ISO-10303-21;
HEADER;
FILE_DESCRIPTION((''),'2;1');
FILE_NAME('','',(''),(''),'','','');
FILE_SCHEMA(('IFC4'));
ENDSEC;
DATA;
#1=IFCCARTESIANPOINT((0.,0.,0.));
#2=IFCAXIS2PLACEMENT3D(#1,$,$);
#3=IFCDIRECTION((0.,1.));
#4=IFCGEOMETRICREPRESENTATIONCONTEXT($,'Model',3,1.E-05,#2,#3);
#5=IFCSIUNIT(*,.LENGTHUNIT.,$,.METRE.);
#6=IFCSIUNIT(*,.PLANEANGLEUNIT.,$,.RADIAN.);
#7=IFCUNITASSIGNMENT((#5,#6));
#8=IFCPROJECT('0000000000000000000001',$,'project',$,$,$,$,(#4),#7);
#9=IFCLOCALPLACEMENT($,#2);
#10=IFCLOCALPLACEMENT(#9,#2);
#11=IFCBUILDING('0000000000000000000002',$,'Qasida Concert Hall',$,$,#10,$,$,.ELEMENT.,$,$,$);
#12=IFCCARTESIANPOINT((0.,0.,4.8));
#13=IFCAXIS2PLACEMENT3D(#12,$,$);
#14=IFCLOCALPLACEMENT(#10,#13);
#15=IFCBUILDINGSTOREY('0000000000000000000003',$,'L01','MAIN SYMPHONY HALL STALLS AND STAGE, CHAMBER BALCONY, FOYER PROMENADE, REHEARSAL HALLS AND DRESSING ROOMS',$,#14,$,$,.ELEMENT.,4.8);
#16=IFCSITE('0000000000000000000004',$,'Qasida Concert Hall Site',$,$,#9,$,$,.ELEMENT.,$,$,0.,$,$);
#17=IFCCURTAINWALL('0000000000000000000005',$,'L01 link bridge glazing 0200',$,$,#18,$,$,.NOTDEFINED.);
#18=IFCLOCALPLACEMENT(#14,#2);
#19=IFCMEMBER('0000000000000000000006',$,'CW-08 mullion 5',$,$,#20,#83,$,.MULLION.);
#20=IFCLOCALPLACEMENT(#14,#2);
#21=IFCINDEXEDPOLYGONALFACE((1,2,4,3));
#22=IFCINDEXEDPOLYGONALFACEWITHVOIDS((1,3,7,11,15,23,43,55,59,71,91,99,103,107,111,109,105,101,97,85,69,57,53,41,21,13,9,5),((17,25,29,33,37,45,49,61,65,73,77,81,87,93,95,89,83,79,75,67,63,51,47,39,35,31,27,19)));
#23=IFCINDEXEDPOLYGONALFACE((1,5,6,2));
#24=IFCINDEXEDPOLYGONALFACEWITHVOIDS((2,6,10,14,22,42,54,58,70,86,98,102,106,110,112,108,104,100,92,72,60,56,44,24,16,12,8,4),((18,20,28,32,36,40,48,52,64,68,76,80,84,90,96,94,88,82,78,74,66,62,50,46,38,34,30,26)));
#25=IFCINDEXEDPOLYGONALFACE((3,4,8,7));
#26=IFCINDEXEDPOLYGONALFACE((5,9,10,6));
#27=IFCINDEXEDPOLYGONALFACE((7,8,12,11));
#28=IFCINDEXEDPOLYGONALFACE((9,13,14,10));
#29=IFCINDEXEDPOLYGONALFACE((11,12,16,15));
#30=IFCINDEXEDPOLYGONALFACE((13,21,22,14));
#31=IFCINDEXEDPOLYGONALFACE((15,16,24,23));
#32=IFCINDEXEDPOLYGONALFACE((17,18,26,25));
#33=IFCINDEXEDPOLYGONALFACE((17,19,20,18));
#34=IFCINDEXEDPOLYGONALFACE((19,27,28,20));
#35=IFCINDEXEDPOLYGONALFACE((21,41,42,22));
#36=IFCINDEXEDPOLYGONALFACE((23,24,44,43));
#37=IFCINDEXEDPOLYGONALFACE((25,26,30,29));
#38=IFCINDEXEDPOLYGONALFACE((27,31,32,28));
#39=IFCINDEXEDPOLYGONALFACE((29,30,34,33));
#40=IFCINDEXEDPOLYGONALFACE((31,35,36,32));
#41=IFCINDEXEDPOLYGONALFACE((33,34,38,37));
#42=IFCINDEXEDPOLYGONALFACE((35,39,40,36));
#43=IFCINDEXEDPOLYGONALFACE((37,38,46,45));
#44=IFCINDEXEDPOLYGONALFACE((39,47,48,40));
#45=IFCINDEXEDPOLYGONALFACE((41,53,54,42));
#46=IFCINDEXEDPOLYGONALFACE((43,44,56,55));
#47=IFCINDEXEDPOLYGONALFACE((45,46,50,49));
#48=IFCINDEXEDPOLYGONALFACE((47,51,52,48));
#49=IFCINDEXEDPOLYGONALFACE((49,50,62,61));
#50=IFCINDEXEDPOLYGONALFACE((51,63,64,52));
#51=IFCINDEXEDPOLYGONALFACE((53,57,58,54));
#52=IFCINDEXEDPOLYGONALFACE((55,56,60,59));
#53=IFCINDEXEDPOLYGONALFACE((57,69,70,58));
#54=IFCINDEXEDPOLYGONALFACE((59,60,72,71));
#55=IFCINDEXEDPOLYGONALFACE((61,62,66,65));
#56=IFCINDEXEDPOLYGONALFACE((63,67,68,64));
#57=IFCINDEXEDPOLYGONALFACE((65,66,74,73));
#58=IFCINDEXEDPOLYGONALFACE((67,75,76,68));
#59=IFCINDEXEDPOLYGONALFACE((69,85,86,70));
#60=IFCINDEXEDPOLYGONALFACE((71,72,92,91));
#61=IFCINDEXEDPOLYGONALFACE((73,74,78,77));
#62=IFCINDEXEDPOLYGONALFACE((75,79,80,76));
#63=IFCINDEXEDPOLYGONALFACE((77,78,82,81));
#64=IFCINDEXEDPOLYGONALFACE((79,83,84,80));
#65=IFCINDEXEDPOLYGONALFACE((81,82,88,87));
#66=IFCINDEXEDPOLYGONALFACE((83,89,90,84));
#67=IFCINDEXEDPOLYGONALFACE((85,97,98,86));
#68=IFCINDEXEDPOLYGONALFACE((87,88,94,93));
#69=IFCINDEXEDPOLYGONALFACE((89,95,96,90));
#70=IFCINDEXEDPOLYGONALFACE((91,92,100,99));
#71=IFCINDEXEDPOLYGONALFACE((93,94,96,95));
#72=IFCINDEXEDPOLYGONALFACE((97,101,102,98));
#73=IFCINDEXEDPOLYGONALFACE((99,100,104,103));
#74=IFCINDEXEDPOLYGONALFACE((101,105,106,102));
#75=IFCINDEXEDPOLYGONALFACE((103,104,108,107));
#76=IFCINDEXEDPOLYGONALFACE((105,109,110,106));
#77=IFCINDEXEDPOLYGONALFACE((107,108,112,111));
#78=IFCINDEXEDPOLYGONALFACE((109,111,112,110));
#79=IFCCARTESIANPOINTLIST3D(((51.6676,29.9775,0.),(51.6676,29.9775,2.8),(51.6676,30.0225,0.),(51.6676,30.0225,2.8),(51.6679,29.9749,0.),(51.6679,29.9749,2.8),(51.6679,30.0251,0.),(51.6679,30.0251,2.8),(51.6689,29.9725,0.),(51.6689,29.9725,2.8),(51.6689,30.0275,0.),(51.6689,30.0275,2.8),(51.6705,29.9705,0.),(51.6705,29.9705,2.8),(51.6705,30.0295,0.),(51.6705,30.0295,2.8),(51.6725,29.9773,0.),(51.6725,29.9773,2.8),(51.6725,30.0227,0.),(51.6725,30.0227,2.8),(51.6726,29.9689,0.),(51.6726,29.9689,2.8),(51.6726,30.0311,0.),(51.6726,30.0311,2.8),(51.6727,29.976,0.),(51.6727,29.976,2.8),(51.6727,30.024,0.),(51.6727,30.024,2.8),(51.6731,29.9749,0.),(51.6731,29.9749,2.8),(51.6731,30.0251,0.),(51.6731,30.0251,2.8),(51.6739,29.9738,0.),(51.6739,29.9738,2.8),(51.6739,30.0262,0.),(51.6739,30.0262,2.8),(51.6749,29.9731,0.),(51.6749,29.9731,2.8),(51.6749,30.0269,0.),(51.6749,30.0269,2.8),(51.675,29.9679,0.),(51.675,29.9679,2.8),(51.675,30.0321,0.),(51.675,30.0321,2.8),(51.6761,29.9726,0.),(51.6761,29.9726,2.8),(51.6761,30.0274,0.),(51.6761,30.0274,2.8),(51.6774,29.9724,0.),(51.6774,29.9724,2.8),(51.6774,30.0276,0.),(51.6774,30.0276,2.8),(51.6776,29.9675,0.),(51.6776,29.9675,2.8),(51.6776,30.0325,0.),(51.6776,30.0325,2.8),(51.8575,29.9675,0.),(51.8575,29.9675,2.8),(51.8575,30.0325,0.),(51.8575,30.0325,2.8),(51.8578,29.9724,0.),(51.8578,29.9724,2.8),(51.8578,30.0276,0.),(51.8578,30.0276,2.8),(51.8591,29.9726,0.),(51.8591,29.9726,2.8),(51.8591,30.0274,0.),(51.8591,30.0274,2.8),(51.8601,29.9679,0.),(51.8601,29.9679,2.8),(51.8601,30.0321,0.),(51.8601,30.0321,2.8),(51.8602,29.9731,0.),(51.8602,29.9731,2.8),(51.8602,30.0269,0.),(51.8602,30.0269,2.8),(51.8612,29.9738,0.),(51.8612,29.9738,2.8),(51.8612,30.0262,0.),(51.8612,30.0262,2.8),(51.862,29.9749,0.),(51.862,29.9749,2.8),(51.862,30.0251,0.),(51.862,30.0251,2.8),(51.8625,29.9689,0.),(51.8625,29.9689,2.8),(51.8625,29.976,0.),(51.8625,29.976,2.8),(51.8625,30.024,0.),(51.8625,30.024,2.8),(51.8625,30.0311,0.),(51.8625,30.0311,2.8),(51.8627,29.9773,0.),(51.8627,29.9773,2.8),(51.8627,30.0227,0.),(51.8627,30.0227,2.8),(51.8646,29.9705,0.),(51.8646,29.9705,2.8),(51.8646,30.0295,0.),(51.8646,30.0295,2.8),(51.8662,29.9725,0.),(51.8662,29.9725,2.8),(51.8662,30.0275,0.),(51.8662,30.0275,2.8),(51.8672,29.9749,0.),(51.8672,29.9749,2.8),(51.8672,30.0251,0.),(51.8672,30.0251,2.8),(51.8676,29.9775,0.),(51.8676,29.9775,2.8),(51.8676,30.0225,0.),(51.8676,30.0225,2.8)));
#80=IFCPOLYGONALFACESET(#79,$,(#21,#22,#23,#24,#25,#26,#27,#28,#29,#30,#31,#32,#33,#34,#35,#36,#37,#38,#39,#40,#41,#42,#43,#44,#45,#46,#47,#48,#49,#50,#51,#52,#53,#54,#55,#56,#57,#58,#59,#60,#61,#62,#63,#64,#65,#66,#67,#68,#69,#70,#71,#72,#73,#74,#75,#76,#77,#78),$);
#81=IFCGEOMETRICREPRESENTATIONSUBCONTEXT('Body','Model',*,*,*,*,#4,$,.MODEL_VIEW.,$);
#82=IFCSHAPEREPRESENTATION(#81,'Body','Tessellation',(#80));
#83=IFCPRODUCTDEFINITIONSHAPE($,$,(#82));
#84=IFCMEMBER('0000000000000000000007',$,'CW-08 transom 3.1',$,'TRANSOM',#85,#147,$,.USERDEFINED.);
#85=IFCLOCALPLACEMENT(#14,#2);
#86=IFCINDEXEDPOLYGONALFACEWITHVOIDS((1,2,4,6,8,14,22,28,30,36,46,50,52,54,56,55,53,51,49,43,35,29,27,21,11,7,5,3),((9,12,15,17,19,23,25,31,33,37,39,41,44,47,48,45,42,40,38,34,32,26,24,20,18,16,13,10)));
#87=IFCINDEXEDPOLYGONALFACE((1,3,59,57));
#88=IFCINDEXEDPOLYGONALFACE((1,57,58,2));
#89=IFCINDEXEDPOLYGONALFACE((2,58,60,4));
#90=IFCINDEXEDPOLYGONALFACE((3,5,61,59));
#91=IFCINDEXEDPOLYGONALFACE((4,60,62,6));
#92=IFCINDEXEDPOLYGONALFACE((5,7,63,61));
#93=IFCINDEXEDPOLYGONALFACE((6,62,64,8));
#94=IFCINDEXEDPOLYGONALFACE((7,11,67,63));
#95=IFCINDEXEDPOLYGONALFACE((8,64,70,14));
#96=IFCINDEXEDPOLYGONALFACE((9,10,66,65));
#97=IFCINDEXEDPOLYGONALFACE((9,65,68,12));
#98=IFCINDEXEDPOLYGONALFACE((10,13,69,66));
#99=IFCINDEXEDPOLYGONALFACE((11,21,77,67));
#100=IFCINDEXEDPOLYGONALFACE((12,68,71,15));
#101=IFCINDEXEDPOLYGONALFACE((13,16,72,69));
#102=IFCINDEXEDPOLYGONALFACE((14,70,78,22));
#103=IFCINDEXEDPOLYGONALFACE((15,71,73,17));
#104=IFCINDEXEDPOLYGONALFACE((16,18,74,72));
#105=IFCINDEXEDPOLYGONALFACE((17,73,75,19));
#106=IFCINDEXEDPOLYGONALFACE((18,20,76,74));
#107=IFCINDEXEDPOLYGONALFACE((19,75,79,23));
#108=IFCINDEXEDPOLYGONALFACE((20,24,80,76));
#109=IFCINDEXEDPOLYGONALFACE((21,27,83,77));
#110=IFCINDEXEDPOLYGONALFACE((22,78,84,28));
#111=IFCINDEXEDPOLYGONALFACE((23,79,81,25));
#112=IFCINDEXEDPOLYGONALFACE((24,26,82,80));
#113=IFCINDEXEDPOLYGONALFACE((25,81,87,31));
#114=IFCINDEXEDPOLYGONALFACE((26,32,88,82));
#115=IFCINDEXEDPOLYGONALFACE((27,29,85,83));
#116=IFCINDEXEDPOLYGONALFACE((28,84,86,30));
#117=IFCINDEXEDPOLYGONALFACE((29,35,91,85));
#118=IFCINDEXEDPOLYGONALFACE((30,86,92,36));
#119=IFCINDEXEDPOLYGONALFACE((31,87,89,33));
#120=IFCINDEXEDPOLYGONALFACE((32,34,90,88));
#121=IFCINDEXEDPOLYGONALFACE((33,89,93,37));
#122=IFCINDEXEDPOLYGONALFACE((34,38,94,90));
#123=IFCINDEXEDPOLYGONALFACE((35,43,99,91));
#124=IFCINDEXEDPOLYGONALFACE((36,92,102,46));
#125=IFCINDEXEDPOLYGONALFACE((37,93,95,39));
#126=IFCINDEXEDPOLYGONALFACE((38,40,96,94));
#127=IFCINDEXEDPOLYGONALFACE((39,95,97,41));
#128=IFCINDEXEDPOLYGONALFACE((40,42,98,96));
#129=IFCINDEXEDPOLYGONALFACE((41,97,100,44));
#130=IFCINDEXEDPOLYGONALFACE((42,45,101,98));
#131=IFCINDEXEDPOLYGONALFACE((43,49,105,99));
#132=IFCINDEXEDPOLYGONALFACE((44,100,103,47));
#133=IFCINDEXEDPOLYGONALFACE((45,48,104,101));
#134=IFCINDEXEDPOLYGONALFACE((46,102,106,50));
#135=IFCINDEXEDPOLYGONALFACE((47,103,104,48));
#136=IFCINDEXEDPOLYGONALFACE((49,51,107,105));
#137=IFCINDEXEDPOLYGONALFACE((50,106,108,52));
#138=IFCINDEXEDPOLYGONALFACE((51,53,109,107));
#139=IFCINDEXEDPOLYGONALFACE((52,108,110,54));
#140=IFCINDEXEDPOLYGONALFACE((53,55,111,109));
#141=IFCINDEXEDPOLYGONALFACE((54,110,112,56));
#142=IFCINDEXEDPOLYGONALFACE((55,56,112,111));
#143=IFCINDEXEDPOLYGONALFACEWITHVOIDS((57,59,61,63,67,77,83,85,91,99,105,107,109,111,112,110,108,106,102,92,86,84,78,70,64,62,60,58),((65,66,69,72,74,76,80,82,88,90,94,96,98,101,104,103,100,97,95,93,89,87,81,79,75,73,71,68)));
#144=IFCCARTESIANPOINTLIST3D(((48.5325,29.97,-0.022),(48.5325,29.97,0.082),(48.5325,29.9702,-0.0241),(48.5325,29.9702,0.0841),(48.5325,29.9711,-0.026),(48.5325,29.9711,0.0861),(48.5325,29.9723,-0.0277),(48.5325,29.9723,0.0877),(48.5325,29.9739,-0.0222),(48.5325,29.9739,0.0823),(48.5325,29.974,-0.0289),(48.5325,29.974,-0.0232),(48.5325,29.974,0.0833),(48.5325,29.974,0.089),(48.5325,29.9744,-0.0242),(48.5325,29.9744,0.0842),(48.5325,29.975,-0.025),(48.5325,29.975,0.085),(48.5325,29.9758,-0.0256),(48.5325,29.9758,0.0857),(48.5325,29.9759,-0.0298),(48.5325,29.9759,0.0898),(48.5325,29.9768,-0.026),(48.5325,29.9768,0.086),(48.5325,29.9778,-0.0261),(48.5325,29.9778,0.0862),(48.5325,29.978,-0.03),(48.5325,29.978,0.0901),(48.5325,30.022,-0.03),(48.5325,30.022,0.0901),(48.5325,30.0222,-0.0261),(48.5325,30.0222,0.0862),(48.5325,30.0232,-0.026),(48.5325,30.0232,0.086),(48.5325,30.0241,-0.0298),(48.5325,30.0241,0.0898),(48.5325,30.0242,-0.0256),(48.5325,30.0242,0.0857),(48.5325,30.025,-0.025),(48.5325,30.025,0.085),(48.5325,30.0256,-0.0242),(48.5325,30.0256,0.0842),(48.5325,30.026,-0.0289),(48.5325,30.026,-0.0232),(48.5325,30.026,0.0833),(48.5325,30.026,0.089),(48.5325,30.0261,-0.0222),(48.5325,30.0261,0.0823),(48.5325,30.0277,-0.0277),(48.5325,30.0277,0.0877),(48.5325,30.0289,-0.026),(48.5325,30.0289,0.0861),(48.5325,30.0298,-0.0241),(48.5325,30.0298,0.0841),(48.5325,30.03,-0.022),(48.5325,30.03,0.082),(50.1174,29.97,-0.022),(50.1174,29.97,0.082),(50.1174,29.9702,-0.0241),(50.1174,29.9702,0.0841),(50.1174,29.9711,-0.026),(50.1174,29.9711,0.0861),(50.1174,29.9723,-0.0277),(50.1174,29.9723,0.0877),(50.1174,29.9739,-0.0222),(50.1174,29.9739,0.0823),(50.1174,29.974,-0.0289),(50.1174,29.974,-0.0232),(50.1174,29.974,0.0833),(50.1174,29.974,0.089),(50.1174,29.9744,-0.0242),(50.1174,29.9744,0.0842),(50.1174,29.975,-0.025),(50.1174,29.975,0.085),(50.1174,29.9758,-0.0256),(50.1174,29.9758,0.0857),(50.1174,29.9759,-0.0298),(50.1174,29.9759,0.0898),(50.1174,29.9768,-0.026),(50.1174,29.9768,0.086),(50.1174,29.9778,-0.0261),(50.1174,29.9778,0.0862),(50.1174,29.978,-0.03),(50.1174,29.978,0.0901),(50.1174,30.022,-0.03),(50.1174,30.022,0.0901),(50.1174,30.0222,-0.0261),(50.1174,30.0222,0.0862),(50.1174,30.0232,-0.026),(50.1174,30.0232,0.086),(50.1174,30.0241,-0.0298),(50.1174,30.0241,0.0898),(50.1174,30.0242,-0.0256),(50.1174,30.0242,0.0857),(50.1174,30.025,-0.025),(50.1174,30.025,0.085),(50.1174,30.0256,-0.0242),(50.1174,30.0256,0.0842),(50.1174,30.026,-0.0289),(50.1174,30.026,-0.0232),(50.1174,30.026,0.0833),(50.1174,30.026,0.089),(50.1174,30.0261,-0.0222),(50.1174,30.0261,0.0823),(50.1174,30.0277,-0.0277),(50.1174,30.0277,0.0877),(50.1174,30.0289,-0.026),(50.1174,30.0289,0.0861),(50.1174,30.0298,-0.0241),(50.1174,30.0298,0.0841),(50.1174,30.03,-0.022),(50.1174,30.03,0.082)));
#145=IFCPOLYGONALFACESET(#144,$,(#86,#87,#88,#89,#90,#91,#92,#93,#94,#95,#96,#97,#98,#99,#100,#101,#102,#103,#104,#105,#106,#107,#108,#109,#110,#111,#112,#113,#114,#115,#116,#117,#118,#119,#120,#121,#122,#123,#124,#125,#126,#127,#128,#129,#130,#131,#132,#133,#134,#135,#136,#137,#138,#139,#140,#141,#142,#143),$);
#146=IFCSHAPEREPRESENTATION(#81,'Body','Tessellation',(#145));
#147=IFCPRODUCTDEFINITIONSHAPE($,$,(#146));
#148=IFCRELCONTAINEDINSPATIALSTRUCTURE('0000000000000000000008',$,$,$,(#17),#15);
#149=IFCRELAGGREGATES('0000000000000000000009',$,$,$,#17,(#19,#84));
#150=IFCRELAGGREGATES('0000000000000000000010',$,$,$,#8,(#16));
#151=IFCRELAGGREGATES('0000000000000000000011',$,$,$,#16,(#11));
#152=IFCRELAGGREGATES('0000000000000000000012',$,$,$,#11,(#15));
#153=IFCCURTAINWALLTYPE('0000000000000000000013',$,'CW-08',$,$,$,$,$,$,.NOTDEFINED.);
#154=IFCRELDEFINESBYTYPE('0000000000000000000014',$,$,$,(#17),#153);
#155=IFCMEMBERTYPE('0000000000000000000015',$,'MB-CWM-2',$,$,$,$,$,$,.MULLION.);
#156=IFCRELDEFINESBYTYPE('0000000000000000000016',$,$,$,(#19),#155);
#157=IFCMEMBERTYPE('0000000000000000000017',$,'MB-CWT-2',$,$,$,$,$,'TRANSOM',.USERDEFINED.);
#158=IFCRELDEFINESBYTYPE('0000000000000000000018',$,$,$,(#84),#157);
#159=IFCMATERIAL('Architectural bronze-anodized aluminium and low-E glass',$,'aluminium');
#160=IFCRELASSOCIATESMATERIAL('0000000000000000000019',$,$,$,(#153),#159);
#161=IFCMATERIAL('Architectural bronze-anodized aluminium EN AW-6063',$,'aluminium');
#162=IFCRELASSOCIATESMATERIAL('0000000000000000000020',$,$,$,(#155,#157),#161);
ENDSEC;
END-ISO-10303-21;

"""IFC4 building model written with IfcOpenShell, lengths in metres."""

from ifc_helpers import new_model, si_unit, direction, frame, origin, origin_2d, place, context, subcontext, project, spatial, hollow_rectangle, extrude, material, material_profile, profile_set, type_object, element, aggregate, save


model = new_model("IFC4")

# Units and contexts
model_context = context("Model", 3, precision=1e-05, world=origin(), true_north=direction((0.0, 1.0)))
body_context = subcontext(model_context, "Body", "Model", "MODEL_VIEW")
ifc_project = project(units=[si_unit("LENGTHUNIT", "METRE"), si_unit("PLANEANGLEUNIT", "RADIAN")], contexts=[model_context])

# Site, building, storey
site_placement = place(None, origin())
site = spatial("IfcSite", under=ifc_project, at=site_placement, Name="Qasida Concert Hall Site", CompositionType="ELEMENT", RefElevation=0.0)
building_placement = place(site_placement, origin())
building = spatial("IfcBuilding", under=site, at=building_placement, Name="Qasida Concert Hall", CompositionType="ELEMENT")
storey_placement = place(building_placement, frame((0.0, 0.0, 4.8)))
storey = spatial("IfcBuildingStorey", under=building, at=storey_placement, Name="L01", Description="MAIN SYMPHONY HALL STALLS AND STAGE, CHAMBER BALCONY, FOYER PROMENADE, REHEARSAL HALLS AND DRESSING ROOMS", CompositionType="ELEMENT", Elevation=4.8)

# Curtain wall, members
ifc_material_1 = material(Name="Architectural bronze-anodized aluminium and low-E glass", Category="aluminium")
curtain_wall_type = type_object("IfcCurtainWallType", Name="CW-08", PredefinedType="NOTDEFINED", material=ifc_material_1)
curtain_wall_1_placement = place(storey_placement, origin())
curtain_wall_1 = element("IfcCurtainWall", 1, at=curtain_wall_1_placement, inside=storey, type_object=curtain_wall_type, Name="L01 link bridge glazing 0200", PredefinedType="NOTDEFINED")
ifc_material_2 = material(Name="Architectural bronze-anodized aluminium EN AW-6063", Category="aluminium")
ifc_material_profile_1 = material_profile(ifc_material_2, hollow_rectangle(XDim=0.0649, YDim=0.2, WallThickness=0.0049, InnerFilletRadius=0.0049, OuterFilletRadius=0.01, at=origin_2d()), Name="CWM 200x65x5")
ifc_profile_set_1 = profile_set([ifc_material_profile_1], Name="Architectural bronze-anodized aluminium EN AW-6063")
member_type_1 = type_object("IfcMemberType", Name="MB-CWM-2", PredefinedType="MULLION", material=ifc_profile_set_1)
member_1_placement = place(storey_placement, frame((51.7676, 30.0, 0.0), z_axis=(0.0, 0.0, 1.0), x_axis=(0.0, 1.0, 0.0)))
member_1 = element("IfcMember", 2, at=member_1_placement, type_object=member_type_1, Name="CW-08 mullion 5", PredefinedType="MULLION", context=body_context, shape_type="SweptSolid", body=[
    extrude(hollow_rectangle(XDim=0.0649, YDim=0.2, WallThickness=0.0049, InnerFilletRadius=0.0049, OuterFilletRadius=0.01, at=origin_2d()), origin(), (0.0, 0.0, 1.0), 2.8),
])
ifc_material_profile_2 = material_profile(ifc_material_2, hollow_rectangle(XDim=0.0601, YDim=0.1201, WallThickness=0.0039, InnerFilletRadius=0.0039, OuterFilletRadius=0.0081, at=origin_2d()), Name="CWT 120x60x4")
ifc_profile_set_2 = profile_set([ifc_material_profile_2], Name="Architectural bronze-anodized aluminium EN AW-6063")
member_type_2 = type_object("IfcMemberType", Name="MB-CWT-2", ElementType="TRANSOM", PredefinedType="USERDEFINED", material=ifc_profile_set_2)
member_2_placement = place(storey_placement, frame((48.5325, 30.0, 0.03), z_axis=(1.0, 0.0, 0.0), x_axis=(0.0, 1.0, 0.0)))
member_2 = element("IfcMember", 3, at=member_2_placement, type_object=member_type_2, Name="CW-08 transom 3.1", ObjectType="TRANSOM", PredefinedType="USERDEFINED", context=body_context, shape_type="SweptSolid", body=[
    extrude(hollow_rectangle(XDim=0.0601, YDim=0.1201, WallThickness=0.0039, InnerFilletRadius=0.0039, OuterFilletRadius=0.0081, at=origin_2d()), origin(), (0.0, 0.0, 1.0), 1.585),
])
aggregate(curtain_wall_1, [member_1, member_2])

save(model, "model.ifc")
